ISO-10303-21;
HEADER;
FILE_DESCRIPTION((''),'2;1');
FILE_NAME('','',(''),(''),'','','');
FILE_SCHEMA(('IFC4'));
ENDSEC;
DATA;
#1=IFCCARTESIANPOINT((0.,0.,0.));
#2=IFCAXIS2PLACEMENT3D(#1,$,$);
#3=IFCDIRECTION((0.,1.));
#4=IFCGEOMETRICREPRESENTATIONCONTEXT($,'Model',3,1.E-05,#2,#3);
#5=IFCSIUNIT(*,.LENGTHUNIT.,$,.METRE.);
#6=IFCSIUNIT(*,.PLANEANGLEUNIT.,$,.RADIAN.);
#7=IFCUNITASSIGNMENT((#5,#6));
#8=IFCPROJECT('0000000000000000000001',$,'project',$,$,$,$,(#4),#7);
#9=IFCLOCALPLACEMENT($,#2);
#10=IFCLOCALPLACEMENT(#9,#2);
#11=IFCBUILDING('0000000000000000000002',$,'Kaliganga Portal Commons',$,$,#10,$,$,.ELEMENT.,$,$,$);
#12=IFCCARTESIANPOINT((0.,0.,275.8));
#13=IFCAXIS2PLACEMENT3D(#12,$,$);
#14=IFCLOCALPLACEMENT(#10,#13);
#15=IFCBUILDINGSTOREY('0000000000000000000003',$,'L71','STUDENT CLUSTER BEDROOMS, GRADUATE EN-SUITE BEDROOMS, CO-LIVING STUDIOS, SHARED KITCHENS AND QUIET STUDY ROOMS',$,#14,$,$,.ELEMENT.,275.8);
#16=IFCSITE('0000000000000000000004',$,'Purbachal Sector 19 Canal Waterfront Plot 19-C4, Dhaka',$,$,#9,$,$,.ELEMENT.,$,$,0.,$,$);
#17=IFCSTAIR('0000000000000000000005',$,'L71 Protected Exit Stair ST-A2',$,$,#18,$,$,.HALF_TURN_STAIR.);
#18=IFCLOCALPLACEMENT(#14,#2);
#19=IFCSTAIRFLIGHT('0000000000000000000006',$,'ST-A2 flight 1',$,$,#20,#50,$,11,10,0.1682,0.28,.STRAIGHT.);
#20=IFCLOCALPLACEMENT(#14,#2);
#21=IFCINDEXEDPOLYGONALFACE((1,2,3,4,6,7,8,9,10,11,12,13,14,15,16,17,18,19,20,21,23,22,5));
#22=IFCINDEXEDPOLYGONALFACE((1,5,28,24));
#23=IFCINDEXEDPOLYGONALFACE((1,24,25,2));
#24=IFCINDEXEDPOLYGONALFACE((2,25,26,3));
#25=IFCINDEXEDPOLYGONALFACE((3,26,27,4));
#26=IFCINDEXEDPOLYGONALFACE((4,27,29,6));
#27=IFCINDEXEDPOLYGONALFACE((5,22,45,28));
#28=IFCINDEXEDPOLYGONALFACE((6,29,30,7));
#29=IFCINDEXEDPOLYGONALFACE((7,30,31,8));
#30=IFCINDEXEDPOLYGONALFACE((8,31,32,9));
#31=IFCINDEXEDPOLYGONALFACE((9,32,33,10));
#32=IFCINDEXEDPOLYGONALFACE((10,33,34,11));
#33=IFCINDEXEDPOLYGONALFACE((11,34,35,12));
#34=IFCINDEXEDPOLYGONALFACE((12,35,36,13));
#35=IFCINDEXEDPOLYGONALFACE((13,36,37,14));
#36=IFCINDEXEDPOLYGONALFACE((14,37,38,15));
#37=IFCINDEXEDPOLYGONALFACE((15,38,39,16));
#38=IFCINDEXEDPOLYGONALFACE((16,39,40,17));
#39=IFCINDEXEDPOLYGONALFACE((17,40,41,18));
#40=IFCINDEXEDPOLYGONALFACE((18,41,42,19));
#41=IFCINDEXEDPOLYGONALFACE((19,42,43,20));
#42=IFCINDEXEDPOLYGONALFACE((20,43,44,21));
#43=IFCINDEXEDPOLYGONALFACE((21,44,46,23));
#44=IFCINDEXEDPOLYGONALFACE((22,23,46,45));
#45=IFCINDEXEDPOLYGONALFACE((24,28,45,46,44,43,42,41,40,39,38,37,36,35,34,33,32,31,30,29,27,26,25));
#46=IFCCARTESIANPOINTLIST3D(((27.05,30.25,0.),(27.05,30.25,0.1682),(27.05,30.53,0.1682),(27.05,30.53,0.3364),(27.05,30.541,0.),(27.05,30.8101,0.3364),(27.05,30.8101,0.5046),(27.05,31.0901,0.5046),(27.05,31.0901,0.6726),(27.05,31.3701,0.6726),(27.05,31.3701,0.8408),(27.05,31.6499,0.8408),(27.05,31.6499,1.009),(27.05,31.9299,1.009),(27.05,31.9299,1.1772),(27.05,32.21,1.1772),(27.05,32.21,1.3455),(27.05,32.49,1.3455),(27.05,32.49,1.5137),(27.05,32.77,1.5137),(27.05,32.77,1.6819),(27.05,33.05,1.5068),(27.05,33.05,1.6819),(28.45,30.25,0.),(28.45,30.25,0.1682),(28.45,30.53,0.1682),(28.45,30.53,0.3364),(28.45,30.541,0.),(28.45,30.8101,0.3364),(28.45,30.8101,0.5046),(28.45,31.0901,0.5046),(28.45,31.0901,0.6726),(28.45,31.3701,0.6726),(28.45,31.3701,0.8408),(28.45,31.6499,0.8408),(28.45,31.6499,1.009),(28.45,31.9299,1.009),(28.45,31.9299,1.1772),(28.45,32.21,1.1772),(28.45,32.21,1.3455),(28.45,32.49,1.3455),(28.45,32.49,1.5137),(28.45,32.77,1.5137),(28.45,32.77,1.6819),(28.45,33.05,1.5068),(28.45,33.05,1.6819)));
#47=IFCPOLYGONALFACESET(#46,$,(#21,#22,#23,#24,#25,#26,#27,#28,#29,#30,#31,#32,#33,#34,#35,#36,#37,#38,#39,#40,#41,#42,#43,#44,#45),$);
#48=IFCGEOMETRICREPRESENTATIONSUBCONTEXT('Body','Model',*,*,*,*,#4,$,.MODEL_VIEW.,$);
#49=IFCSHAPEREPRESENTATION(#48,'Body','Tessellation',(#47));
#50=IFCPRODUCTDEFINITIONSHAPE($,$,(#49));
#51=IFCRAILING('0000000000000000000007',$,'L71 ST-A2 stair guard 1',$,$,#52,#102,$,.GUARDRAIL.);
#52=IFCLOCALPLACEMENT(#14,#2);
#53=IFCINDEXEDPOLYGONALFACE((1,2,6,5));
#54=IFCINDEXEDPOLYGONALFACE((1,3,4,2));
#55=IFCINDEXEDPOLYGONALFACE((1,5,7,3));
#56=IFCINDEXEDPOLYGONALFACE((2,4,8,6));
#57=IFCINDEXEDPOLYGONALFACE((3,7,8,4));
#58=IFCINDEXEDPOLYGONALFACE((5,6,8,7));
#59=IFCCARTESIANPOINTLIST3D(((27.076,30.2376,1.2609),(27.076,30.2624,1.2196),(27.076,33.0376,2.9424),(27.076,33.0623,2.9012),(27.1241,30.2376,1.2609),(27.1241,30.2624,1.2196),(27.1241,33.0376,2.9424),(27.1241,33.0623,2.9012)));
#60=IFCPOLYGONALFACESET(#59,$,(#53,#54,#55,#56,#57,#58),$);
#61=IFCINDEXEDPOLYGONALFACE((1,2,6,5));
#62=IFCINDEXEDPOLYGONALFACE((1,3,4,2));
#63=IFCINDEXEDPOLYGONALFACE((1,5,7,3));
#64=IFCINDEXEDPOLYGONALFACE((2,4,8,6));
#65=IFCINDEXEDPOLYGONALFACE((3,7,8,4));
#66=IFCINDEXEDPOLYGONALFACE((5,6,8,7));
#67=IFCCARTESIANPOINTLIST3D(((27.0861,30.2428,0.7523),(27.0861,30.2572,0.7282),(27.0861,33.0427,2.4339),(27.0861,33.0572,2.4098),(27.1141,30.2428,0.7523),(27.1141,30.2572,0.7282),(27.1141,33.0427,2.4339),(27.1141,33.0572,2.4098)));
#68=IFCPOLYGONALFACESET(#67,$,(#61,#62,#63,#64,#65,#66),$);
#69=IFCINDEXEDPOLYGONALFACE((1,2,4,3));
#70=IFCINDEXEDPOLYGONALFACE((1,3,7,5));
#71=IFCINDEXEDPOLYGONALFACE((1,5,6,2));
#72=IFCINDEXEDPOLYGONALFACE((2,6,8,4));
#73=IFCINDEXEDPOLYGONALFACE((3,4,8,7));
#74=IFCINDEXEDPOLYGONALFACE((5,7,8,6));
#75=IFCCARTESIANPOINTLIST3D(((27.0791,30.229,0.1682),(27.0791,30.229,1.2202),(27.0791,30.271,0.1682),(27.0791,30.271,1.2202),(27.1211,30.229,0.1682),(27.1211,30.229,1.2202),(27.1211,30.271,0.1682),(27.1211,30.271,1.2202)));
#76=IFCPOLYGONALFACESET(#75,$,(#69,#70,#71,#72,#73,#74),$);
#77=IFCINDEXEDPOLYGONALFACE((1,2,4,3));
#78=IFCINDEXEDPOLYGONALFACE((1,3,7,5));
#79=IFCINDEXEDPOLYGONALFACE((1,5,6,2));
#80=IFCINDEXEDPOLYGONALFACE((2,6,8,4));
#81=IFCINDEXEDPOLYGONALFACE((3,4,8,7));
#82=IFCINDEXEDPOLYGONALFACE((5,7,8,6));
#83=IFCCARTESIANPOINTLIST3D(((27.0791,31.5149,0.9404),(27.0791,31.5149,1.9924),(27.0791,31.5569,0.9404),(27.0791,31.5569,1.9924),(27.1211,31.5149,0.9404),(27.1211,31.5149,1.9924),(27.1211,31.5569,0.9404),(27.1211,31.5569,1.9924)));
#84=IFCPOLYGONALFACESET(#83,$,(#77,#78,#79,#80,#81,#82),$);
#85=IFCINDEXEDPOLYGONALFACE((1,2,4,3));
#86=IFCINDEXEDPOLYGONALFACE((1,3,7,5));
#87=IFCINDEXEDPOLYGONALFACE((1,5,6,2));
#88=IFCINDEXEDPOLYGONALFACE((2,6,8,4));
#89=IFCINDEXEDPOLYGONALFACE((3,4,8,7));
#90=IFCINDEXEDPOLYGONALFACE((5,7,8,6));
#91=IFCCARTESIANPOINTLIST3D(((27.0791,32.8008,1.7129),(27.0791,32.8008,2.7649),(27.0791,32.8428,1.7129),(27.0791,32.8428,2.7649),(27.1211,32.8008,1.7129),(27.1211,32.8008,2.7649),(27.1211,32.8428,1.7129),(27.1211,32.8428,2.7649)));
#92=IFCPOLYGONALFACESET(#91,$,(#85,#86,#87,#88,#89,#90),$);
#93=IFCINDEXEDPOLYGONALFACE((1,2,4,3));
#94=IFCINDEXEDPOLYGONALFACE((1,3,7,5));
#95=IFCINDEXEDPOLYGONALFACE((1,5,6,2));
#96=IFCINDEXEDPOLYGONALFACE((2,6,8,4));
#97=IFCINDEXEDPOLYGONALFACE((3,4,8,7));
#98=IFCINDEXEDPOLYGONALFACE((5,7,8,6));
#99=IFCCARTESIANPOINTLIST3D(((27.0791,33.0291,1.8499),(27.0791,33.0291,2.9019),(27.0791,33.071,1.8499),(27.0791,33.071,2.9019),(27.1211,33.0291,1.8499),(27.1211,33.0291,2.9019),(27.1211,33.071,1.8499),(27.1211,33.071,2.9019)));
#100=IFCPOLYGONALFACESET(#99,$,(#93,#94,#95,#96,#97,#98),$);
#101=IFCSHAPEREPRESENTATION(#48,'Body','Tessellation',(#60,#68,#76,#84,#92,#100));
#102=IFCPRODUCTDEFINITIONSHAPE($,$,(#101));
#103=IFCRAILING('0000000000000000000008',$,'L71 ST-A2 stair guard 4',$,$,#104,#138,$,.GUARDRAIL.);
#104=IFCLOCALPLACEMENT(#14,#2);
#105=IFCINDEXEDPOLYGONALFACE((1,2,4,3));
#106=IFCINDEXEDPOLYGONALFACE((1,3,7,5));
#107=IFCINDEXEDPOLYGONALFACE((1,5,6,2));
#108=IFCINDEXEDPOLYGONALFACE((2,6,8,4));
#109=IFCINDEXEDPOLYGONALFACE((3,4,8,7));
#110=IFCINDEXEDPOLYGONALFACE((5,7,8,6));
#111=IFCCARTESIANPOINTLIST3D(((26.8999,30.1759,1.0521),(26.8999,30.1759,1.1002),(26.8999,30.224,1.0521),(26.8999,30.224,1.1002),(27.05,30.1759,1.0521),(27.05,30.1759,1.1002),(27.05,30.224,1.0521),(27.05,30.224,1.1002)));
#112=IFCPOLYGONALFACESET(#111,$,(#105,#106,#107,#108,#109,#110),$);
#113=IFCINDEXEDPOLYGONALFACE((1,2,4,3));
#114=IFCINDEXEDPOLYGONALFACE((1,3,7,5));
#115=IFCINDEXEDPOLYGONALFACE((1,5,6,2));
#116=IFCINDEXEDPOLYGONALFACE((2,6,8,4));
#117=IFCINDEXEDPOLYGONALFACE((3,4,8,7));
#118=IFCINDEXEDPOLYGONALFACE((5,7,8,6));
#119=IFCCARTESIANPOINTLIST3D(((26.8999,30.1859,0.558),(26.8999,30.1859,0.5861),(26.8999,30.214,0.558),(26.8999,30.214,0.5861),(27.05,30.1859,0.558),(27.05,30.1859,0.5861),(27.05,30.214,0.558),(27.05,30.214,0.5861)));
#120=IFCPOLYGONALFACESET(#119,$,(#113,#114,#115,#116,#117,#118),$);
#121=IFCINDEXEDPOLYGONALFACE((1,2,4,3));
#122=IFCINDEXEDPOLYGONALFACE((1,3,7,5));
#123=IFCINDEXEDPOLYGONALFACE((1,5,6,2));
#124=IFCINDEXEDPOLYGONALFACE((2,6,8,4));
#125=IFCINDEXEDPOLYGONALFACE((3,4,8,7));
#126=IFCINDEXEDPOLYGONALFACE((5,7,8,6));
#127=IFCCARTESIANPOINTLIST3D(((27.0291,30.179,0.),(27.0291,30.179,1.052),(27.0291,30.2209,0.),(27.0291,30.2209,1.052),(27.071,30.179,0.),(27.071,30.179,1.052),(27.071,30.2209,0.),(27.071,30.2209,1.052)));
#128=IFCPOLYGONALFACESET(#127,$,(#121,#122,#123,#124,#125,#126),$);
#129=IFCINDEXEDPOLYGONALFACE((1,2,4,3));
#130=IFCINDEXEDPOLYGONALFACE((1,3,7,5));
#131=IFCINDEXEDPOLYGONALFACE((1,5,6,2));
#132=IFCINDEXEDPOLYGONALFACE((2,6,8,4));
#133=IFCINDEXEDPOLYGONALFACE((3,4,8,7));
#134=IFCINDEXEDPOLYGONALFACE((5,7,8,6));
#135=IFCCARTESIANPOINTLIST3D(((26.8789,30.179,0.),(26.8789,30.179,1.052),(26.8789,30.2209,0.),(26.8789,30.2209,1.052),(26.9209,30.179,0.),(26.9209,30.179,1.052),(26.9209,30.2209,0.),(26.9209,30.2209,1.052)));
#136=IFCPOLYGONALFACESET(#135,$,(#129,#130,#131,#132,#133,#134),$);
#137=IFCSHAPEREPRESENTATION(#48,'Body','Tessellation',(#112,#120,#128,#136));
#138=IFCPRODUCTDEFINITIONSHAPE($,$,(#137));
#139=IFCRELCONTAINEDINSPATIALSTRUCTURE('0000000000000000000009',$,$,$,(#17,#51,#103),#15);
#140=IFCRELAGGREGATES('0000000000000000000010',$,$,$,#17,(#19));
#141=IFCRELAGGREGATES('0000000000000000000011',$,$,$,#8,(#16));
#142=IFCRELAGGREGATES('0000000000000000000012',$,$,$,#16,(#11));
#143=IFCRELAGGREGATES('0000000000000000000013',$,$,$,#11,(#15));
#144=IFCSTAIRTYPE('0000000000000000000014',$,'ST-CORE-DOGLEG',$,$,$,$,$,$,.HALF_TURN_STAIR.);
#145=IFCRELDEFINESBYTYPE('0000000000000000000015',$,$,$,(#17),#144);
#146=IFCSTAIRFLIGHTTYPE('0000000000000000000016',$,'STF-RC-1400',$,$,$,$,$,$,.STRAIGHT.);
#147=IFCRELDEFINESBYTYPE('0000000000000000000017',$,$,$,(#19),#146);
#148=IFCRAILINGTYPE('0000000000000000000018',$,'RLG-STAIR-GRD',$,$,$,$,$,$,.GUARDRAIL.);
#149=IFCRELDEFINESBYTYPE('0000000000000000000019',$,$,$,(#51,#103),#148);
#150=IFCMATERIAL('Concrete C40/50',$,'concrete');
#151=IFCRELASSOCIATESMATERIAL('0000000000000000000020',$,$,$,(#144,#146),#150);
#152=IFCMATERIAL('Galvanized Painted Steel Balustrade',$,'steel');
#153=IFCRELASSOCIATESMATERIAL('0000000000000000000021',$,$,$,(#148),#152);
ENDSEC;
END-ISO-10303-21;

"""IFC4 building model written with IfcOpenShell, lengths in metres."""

from ifc_helpers import new_model, si_unit, direction, frame, origin, origin_2d, place, context, subcontext, project, spatial, polyline, rectangle, outline, extrude, material, type_object, element, aggregate, save


model = new_model("IFC4")

# Units and contexts
model_context = context("Model", 3, precision=1e-05, world=origin(), true_north=direction((0.0, 1.0)))
body_context = subcontext(model_context, "Body", "Model", "MODEL_VIEW")
ifc_project = project(units=[si_unit("LENGTHUNIT", "METRE"), si_unit("PLANEANGLEUNIT", "RADIAN")], contexts=[model_context])

# Site, building, storey
site_placement = place(None, origin())
site = spatial("IfcSite", under=ifc_project, at=site_placement, Name="Purbachal Sector 19 Canal Waterfront Plot 19-C4, Dhaka", CompositionType="ELEMENT", RefElevation=0.0)
building_placement = place(site_placement, origin())
building = spatial("IfcBuilding", under=site, at=building_placement, Name="Kaliganga Portal Commons", CompositionType="ELEMENT")
storey_placement = place(building_placement, frame((0.0, 0.0, 275.8)))
storey = spatial("IfcBuildingStorey", under=building, at=storey_placement, Name="L71", Description="STUDENT CLUSTER BEDROOMS, GRADUATE EN-SUITE BEDROOMS, CO-LIVING STUDIOS, SHARED KITCHENS AND QUIET STUDY ROOMS", CompositionType="ELEMENT", Elevation=275.8)

# Stair, stair flight
ifc_material_1 = material(Name="Concrete C40/50", Category="concrete")
stair_type = type_object("IfcStairType", Name="ST-CORE-DOGLEG", PredefinedType="HALF_TURN_STAIR", material=ifc_material_1)
stair_placement = place(storey_placement, origin())
stair = element("IfcStair", 1, at=stair_placement, inside=storey, type_object=stair_type, Name="L71 Protected Exit Stair ST-A2", PredefinedType="HALF_TURN_STAIR")
stair_flight_type = type_object("IfcStairFlightType", Name="STF-RC-1400", PredefinedType="STRAIGHT", material=ifc_material_1)
stair_flight_placement = place(storey_placement, frame((27.75, 30.25, 0.0), z_axis=(0.0, 0.0, 1.0), x_axis=(0.0, 1.0, 0.0)))
stair_flight = element("IfcStairFlight", 2, at=stair_flight_placement, type_object=stair_flight_type, Name="ST-A2 flight 1", NumberOfRisers=11, NumberOfTreads=10, PredefinedType="STRAIGHT", RiserHeight=0.1682, TreadLength=0.28, context=body_context, shape_type="SweptSolid", body=[
    extrude(outline(polyline([(0.0, 0.0), (0.0, 0.1682), (0.28, 0.1682), (0.28, 0.3364), (0.5601, 0.3364), (0.5601, 0.5046), (0.8401, 0.5046), (0.8401, 0.6726), (1.1201, 0.6726), (1.1201, 0.8408), (1.3999, 0.8408), (1.3999, 1.009), (1.6799, 1.009), (1.6799, 1.1772), (1.96, 1.1772), (1.96, 1.3455), (2.24, 1.3455), (2.24, 1.5137), (2.52, 1.5137), (2.52, 1.6819), (2.8, 1.6819), (2.8, 1.8501), (2.8, 1.5068), (0.291, 0.0), (0.0, 0.0)])), frame((0.0, 0.7, 0.0), z_axis=(0.0, -1.0, 0.0), x_axis=(1.0, 0.0, 0.0)), (0.0, 0.0, 1.0), 1.3999),
])
aggregate(stair, [stair_flight])

# Railings
ifc_material_2 = material(Name="Galvanized Painted Steel Balustrade", Category="steel")
railing_type = type_object("IfcRailingType", Name="RLG-STAIR-GRD", PredefinedType="GUARDRAIL", material=ifc_material_2)
railing_1_placement = place(storey_placement, frame((27.1001, 30.25, 0.1682)))
element("IfcRailing", 3, at=railing_1_placement, inside=storey, type_object=railing_type, Name="L71 ST-A2 stair guard 1", PredefinedType="GUARDRAIL", context=body_context, shape_type="SweptSolid", body=[
    extrude(rectangle(XDim=0.0481, YDim=0.0481, at=origin_2d()), frame((0.0, 0.0, 1.072), z_axis=(0.0, 0.857275, 0.514858), x_axis=(-1.0, 0.0, 0.0)), (0.0, 0.0, 1.0), 3.2661),
    extrude(rectangle(XDim=0.0281, YDim=0.0281, at=origin_2d()), frame((0.0, 0.0, 0.572), z_axis=(0.0, 0.857275, 0.514858), x_axis=(-1.0, 0.0, 0.0)), (0.0, 0.0, 1.0), 3.2661),
    extrude(rectangle(XDim=0.042, YDim=0.042, at=origin_2d()), origin(), (0.0, 0.0, 1.0), 1.052),
    extrude(rectangle(XDim=0.042, YDim=0.042, at=origin_2d()), frame((0.0, 1.2859, 0.7722)), (0.0, 0.0, 1.0), 1.052),
    extrude(rectangle(XDim=0.042, YDim=0.042, at=origin_2d()), frame((0.0, 2.5718, 1.5447)), (0.0, 0.0, 1.0), 1.052),
    extrude(rectangle(XDim=0.042, YDim=0.042, at=origin_2d()), frame((0.0, 2.8, 1.6816)), (0.0, 0.0, 1.0), 1.052),
])
railing_2_placement = place(storey_placement, frame((27.05, 30.2, 0.0)))
element("IfcRailing", 4, at=railing_2_placement, inside=storey, type_object=railing_type, Name="L71 ST-A2 stair guard 4", PredefinedType="GUARDRAIL", context=body_context, shape_type="SweptSolid", body=[
    extrude(rectangle(XDim=0.0481, YDim=0.0481, at=origin_2d()), frame((0.0, 0.0, 1.0762), z_axis=(-1.0, 0.0, 0.0), x_axis=(0.0, -1.0, 0.0)), (0.0, 0.0, 1.0), 0.1501),
    extrude(rectangle(XDim=0.0281, YDim=0.0281, at=origin_2d()), frame((0.0, 0.0, 0.572), z_axis=(-1.0, 0.0, 0.0), x_axis=(0.0, -1.0, 0.0)), (0.0, 0.0, 1.0), 0.1501),
    extrude(rectangle(XDim=0.042, YDim=0.042, at=origin_2d()), origin(), (0.0, 0.0, 1.0), 1.052),
    extrude(rectangle(XDim=0.042, YDim=0.042, at=origin_2d()), frame((-0.1501, 0.0, 0.0)), (0.0, 0.0, 1.0), 1.052),
])

save(model, "model.ifc")
